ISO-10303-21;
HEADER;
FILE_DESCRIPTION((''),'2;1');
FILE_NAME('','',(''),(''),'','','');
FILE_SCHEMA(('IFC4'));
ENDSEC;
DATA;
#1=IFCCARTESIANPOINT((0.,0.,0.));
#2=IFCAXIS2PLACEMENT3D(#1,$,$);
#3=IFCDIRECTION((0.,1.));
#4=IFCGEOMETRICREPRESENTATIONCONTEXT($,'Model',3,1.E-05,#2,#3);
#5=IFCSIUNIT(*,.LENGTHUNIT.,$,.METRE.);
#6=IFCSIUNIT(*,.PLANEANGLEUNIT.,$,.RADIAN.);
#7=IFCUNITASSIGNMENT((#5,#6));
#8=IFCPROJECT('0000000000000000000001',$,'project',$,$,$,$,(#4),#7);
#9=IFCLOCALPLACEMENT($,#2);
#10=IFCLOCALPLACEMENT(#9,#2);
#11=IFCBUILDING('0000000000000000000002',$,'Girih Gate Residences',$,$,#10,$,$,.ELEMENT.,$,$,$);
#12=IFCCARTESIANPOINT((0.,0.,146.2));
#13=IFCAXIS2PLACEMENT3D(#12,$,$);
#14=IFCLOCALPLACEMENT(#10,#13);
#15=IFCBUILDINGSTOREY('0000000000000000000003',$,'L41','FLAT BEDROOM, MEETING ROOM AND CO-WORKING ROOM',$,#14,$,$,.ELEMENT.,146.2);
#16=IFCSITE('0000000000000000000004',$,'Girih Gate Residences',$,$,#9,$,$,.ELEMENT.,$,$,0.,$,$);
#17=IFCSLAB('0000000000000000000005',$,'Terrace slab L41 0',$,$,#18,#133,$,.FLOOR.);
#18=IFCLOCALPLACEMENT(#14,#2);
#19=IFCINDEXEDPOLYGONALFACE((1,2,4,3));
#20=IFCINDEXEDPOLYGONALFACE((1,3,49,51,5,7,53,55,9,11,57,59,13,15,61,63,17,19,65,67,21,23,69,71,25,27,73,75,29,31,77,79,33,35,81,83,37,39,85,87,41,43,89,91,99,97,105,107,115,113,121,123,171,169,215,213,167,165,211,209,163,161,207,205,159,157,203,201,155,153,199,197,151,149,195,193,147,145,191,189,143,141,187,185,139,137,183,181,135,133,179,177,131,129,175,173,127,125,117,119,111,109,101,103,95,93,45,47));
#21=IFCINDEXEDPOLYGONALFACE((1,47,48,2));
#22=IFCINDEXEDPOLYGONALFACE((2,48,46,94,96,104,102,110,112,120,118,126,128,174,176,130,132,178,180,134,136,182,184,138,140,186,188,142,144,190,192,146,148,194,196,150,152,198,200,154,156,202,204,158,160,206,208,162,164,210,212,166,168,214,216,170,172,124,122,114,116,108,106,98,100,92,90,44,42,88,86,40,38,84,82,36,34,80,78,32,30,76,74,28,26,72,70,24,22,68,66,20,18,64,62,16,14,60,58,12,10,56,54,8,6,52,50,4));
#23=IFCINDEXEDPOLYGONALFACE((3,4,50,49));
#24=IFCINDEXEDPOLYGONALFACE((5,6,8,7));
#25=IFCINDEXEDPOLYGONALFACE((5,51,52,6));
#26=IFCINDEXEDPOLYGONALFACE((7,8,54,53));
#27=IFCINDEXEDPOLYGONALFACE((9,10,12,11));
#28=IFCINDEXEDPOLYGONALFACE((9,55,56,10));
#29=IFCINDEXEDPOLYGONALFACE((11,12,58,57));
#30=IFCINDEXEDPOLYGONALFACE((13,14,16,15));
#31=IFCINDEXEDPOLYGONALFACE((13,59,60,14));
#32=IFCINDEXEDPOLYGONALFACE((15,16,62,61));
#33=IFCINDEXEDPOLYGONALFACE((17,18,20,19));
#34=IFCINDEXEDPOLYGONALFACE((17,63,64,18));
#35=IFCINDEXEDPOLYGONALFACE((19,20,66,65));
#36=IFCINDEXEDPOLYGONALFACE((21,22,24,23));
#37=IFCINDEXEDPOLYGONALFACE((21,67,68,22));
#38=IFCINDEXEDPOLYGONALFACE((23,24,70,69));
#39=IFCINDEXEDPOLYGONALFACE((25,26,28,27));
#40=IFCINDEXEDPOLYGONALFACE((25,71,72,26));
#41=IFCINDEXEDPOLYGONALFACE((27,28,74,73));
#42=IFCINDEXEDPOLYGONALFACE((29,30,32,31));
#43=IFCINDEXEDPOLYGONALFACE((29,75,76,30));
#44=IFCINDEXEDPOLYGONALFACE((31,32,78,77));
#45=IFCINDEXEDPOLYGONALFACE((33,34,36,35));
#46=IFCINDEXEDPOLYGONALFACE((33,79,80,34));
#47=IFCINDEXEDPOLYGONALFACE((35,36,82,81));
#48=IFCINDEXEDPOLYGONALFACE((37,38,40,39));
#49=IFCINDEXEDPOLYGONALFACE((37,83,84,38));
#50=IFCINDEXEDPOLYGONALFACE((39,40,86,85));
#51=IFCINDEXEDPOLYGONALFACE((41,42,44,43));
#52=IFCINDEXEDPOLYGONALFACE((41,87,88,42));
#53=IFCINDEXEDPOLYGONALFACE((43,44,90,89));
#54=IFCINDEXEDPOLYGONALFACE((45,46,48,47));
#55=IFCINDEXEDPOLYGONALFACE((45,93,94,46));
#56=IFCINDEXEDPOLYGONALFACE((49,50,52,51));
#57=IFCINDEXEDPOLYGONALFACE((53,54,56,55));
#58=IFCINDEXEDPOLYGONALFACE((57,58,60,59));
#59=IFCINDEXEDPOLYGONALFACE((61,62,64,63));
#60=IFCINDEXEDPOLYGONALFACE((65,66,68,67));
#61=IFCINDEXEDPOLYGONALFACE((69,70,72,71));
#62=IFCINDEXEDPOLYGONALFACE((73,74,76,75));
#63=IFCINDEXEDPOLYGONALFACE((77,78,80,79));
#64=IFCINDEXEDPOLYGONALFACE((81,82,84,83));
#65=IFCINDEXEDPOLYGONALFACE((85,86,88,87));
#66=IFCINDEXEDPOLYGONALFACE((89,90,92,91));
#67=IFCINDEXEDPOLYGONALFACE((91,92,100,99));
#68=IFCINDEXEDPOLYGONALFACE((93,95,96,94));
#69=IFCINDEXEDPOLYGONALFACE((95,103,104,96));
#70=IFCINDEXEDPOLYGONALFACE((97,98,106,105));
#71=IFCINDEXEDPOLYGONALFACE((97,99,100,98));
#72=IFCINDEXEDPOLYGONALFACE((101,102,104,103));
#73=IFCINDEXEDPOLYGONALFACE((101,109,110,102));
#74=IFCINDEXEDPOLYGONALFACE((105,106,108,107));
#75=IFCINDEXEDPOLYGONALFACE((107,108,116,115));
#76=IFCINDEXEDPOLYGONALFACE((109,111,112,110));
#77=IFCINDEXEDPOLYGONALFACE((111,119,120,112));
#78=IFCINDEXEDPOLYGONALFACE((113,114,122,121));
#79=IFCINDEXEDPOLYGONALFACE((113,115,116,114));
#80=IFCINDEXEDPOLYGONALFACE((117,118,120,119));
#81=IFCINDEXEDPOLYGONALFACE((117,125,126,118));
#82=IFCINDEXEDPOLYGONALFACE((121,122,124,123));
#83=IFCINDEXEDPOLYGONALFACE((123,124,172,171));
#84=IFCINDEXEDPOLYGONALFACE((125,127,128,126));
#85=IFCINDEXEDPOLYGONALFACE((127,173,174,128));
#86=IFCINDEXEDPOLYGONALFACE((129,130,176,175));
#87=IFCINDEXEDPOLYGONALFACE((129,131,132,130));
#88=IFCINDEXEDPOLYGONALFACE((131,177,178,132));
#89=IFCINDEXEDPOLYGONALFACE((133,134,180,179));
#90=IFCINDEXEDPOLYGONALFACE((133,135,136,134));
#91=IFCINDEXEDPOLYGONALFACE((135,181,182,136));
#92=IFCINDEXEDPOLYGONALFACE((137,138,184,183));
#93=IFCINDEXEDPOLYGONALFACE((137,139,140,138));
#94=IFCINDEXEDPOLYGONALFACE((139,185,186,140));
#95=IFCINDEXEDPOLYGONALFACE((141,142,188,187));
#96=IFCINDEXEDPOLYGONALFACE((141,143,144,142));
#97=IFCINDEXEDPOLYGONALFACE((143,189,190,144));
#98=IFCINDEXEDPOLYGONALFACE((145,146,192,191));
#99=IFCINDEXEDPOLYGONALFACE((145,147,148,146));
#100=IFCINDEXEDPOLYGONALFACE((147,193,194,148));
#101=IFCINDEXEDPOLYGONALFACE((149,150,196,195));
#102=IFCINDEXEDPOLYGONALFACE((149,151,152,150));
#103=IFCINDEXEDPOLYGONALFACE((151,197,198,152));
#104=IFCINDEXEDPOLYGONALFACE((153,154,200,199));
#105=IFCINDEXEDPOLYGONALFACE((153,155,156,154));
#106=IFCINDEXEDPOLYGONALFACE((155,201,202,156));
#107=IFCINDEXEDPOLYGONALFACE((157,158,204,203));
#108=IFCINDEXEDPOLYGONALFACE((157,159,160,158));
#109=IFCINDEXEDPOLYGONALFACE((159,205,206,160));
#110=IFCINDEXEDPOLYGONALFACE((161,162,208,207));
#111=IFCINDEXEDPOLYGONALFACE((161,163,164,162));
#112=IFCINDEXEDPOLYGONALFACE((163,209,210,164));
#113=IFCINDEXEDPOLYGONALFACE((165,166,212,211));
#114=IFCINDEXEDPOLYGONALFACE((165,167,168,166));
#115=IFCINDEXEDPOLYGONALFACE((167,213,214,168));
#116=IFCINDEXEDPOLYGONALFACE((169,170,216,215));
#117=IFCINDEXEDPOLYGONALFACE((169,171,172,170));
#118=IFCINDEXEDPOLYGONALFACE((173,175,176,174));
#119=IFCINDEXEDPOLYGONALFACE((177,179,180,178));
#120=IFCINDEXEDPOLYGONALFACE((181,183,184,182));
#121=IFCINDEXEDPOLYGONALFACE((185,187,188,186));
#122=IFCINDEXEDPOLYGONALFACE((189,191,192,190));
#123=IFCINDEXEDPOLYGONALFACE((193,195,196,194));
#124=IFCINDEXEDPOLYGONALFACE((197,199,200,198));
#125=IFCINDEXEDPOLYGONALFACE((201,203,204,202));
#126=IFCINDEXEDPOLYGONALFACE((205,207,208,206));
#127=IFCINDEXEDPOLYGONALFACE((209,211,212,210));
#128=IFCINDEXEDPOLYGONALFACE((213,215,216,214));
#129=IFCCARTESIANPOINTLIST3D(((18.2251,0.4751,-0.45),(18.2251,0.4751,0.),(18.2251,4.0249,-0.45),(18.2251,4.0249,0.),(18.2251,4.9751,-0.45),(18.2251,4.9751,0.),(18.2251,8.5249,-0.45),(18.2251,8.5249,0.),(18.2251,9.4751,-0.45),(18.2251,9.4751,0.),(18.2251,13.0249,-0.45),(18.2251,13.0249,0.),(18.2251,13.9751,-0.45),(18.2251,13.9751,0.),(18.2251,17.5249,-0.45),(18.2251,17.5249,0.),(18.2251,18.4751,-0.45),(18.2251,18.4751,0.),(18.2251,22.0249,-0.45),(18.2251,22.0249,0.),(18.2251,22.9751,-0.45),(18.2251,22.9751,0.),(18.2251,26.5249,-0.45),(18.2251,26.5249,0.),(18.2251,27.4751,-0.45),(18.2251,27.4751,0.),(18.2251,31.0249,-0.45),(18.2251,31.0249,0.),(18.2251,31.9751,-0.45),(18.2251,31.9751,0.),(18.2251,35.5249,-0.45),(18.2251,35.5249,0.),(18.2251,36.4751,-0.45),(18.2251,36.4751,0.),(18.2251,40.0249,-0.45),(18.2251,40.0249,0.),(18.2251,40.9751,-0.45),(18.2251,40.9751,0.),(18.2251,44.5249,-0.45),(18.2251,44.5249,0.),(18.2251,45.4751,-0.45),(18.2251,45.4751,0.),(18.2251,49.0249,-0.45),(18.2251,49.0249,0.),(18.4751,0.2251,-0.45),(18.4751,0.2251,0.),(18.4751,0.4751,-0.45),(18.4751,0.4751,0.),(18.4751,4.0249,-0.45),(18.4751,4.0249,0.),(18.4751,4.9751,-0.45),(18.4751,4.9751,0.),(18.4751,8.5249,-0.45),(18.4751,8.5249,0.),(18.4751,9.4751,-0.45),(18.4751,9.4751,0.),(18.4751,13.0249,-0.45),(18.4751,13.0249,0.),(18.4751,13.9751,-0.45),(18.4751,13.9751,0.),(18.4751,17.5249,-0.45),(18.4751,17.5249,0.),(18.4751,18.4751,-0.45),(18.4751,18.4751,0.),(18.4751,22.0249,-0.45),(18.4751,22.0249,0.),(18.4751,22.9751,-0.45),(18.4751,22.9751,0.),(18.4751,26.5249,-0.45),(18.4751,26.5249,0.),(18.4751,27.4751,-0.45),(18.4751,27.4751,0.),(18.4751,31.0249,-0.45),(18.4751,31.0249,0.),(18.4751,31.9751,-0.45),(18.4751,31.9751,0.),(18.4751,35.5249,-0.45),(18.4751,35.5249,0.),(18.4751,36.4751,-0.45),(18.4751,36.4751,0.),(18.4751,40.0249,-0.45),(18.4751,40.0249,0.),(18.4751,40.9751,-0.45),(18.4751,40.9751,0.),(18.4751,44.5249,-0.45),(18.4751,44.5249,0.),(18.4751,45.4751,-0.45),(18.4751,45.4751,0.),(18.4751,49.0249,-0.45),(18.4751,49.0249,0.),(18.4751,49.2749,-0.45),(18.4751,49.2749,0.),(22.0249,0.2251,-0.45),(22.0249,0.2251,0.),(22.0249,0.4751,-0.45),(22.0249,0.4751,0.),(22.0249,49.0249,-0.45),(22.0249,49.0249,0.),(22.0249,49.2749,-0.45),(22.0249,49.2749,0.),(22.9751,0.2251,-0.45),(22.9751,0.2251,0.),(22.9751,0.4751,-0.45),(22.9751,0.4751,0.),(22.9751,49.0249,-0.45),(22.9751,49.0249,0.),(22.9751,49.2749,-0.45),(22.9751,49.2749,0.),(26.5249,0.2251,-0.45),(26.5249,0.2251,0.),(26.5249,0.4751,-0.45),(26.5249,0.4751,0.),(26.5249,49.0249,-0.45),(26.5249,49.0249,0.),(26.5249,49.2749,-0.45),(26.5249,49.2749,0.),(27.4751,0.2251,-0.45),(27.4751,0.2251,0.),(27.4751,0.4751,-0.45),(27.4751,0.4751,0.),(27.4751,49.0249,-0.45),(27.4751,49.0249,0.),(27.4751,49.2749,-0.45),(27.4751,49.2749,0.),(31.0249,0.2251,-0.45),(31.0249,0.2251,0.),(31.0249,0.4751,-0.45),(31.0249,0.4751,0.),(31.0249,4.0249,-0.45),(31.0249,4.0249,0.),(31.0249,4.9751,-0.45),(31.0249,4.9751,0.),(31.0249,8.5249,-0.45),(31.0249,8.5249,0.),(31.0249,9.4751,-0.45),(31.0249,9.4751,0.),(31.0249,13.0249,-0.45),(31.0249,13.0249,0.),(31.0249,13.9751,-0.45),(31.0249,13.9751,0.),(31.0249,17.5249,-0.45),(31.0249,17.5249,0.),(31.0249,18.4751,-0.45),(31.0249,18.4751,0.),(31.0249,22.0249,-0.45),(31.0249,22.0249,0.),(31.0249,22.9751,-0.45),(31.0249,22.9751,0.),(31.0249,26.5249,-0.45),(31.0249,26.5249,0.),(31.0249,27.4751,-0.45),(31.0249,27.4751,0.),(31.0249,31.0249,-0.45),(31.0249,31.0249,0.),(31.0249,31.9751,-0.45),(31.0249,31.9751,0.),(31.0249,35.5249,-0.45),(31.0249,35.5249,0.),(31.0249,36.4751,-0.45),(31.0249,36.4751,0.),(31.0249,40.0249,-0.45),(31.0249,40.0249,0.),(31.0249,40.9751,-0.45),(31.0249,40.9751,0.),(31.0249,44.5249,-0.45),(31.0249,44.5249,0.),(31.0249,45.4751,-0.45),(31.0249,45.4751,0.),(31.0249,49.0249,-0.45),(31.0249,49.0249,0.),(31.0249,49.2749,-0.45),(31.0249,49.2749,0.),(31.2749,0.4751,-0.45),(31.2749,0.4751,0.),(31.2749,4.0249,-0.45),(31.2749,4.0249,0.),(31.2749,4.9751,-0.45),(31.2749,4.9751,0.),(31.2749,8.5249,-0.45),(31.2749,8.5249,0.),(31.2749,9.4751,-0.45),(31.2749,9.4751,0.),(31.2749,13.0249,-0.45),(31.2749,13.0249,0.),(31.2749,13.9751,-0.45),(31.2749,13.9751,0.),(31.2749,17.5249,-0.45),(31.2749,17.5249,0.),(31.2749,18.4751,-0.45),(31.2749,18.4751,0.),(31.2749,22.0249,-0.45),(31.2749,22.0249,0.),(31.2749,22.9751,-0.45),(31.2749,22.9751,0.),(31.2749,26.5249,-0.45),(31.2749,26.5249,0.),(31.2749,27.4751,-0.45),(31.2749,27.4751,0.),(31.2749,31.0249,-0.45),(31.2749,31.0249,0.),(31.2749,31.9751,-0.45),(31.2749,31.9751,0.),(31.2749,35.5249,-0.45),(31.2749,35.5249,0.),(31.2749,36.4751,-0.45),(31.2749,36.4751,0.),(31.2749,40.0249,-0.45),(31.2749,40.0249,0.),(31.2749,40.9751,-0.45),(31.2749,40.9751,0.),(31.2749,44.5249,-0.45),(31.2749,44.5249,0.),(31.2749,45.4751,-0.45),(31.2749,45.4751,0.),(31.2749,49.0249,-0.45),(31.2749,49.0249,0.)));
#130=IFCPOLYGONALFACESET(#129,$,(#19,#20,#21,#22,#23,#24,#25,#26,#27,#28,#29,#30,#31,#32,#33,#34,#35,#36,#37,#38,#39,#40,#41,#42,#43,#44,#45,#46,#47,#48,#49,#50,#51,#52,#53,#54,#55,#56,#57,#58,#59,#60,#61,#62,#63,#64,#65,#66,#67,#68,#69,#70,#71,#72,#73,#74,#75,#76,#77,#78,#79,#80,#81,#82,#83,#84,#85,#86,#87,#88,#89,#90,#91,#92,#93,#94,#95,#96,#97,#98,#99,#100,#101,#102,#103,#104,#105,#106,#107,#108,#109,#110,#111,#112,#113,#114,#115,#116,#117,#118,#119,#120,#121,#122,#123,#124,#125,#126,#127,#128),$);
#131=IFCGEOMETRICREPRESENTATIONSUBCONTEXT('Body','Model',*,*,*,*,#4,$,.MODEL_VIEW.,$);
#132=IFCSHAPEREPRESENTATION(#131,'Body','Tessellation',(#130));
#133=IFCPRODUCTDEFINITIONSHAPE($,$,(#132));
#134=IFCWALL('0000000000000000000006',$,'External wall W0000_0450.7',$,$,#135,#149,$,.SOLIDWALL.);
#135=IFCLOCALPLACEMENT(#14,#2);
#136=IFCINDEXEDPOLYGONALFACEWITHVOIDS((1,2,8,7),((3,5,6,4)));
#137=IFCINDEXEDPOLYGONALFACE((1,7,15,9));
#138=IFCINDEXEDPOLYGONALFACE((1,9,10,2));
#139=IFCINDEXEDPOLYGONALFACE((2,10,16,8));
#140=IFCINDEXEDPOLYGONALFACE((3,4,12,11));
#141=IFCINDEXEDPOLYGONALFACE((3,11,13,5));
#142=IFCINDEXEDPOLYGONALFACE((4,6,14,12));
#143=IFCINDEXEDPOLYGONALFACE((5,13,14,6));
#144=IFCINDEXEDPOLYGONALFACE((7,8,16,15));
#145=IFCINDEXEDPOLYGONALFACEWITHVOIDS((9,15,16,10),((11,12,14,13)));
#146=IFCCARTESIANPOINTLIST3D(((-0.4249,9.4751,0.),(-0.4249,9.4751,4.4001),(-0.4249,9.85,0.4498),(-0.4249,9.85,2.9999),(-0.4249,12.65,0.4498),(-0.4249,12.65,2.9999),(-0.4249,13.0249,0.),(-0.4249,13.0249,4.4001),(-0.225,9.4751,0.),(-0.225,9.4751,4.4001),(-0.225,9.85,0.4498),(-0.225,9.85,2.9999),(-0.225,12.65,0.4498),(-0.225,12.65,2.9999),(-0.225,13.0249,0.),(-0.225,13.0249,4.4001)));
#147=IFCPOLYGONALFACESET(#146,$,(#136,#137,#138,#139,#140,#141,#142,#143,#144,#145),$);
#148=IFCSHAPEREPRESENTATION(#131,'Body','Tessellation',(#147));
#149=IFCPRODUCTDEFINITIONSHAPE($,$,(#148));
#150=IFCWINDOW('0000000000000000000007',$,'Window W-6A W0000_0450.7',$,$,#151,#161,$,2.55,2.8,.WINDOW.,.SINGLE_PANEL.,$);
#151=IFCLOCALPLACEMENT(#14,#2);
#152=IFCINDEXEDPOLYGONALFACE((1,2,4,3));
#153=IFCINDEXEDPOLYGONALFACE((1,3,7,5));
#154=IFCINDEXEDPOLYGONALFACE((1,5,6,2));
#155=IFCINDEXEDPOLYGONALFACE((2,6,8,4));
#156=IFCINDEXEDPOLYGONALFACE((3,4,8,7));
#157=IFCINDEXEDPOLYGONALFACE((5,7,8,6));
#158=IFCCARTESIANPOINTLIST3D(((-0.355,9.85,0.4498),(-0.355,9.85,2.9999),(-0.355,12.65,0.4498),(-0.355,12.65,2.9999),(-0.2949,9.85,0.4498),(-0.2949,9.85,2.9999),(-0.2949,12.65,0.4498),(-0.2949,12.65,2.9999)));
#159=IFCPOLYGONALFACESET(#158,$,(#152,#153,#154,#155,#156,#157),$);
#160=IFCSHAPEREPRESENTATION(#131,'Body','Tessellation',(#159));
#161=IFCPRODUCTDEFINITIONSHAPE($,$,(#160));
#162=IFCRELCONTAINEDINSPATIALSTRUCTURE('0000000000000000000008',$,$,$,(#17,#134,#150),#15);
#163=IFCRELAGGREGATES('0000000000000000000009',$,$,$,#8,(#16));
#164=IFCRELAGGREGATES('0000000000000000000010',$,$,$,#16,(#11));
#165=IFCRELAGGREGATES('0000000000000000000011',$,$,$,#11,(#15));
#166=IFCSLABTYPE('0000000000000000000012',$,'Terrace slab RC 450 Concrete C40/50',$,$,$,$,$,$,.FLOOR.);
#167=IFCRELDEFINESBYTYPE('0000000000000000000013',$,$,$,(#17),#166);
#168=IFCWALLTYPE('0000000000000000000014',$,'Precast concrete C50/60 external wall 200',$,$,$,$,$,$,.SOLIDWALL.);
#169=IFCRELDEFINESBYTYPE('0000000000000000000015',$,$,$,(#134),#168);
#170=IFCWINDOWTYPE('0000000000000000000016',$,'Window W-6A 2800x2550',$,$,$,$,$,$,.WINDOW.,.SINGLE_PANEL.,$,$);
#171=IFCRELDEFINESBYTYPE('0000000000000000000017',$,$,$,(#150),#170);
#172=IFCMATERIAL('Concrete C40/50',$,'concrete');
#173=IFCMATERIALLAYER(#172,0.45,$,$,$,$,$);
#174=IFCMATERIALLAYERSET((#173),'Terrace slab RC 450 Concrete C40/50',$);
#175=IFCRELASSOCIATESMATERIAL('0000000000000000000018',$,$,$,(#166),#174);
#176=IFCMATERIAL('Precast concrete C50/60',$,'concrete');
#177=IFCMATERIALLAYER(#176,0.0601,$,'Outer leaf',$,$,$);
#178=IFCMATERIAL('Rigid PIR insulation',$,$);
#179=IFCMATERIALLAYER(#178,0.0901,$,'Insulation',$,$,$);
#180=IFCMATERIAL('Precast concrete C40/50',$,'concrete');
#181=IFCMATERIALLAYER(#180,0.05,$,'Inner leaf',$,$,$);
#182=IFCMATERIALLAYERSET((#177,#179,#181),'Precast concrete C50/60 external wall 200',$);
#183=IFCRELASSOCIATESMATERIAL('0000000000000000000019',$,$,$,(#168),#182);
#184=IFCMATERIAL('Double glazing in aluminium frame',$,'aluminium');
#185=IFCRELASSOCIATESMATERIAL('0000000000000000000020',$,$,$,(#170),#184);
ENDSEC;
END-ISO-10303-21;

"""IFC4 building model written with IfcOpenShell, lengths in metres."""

from ifc_helpers import new_model, si_unit, direction, frame, frame_2d, origin, place, context, subcontext, project, spatial, polyline, rectangle, outline, extrude, material, layer, layer_set, type_object, element, fill, save


model = new_model("IFC4")

# Units and contexts
model_context = context("Model", 3, precision=1e-05, world=origin(), true_north=direction((0.0, 1.0)))
body_context = subcontext(model_context, "Body", "Model", "MODEL_VIEW")
ifc_project = project(units=[si_unit("LENGTHUNIT", "METRE"), si_unit("PLANEANGLEUNIT", "RADIAN")], contexts=[model_context])

# Site, building, storey
site_placement = place(None, origin())
site = spatial("IfcSite", under=ifc_project, at=site_placement, Name="Girih Gate Residences", CompositionType="ELEMENT", RefElevation=0.0)
building_placement = place(site_placement, origin())
building = spatial("IfcBuilding", under=site, at=building_placement, Name="Girih Gate Residences", CompositionType="ELEMENT")
storey_placement = place(building_placement, frame((0.0, 0.0, 146.2)))
storey = spatial("IfcBuildingStorey", under=building, at=storey_placement, Name="L41", Description="FLAT BEDROOM, MEETING ROOM AND CO-WORKING ROOM", CompositionType="ELEMENT", Elevation=146.2)

# Shared definitions
ifc_material_1 = material(Name="Concrete C40/50", Category="concrete")

# Slab
ifc_layer_1 = layer(ifc_material_1, 0.45)
ifc_layer_set_1 = layer_set([ifc_layer_1], Name="Terrace slab RC 450 Concrete C40/50")
slab_type_1 = type_object("IfcSlabType", Name="Terrace slab RC 450 Concrete C40/50", PredefinedType="FLOOR", material=ifc_layer_set_1)
slab_1_placement = place(storey_placement, frame((0.0, 0.0, -0.45)))
element("IfcSlab", 1, at=slab_1_placement, inside=storey, type_object=slab_type_1, Name="Terrace slab L41 0", PredefinedType="FLOOR", context=body_context, shape_type="SweptSolid", body=[
    extrude(outline(polyline([(27.4751, 0.2251), (31.0249, 0.2251), (31.0249, 0.4751), (31.2749, 0.4751), (31.2749, 4.0249), (31.0249, 4.0249), (31.0249, 4.9751), (31.2749, 4.9751), (31.2749, 8.5249), (31.0249, 8.5249), (31.0249, 9.4751), (31.2749, 9.4751), (31.2749, 13.0249), (31.0249, 13.0249), (31.0249, 13.9751), (31.2749, 13.9751), (31.2749, 17.5249), (31.0249, 17.5249), (31.0249, 18.4751), (31.2749, 18.4751), (31.2749, 22.0249), (31.0249, 22.0249), (31.0249, 22.9751), (31.2749, 22.9751), (31.2749, 26.5249), (31.0249, 26.5249), (31.0249, 27.4751), (31.2749, 27.4751), (31.2749, 31.0249), (31.0249, 31.0249), (31.0249, 31.9751), (31.2749, 31.9751), (31.2749, 35.5249), (31.0249, 35.5249), (31.0249, 36.4751), (31.2749, 36.4751), (31.2749, 40.0249), (31.0249, 40.0249), (31.0249, 40.9751), (31.2749, 40.9751), (31.2749, 44.5249), (31.0249, 44.5249), (31.0249, 45.4751), (31.2749, 45.4751), (31.2749, 49.0249), (31.0249, 49.0249), (31.0249, 49.2749), (27.4751, 49.2749), (27.4751, 49.0249), (26.5249, 49.0249), (26.5249, 49.2749), (22.9751, 49.2749), (22.9751, 49.0249), (22.0249, 49.0249), (22.0249, 49.2749), (18.4751, 49.2749), (18.4751, 49.0249), (18.2251, 49.0249), (18.2251, 45.4751), (18.4751, 45.4751), (18.4751, 44.5249), (18.2251, 44.5249), (18.2251, 40.9751), (18.4751, 40.9751), (18.4751, 40.0249), (18.2251, 40.0249), (18.2251, 36.4751), (18.4751, 36.4751), (18.4751, 35.5249), (18.2251, 35.5249), (18.2251, 31.9751), (18.4751, 31.9751), (18.4751, 31.0249), (18.2251, 31.0249), (18.2251, 27.4751), (18.4751, 27.4751), (18.4751, 26.5249), (18.2251, 26.5249), (18.2251, 22.9751), (18.4751, 22.9751), (18.4751, 22.0249), (18.2251, 22.0249), (18.2251, 18.4751), (18.4751, 18.4751), (18.4751, 17.5249), (18.2251, 17.5249), (18.2251, 13.9751), (18.4751, 13.9751), (18.4751, 13.0249), (18.2251, 13.0249), (18.2251, 9.4751), (18.4751, 9.4751), (18.4751, 8.5249), (18.2251, 8.5249), (18.2251, 4.9751), (18.4751, 4.9751), (18.4751, 4.0249), (18.2251, 4.0249), (18.2251, 0.4751), (18.4751, 0.4751), (18.4751, 0.2251), (22.0249, 0.2251), (22.0249, 0.4751), (22.9751, 0.4751), (22.9751, 0.2251), (26.5249, 0.2251), (26.5249, 0.4751), (27.4751, 0.4751), (27.4751, 0.2251)])), origin(), (0.0, 0.0, 1.0), 0.45),
])

# Wall, opening, window
ifc_material_2 = material(Name="Precast concrete C50/60", Category="concrete")
ifc_layer_2 = layer(ifc_material_2, 0.0601, Name="Outer leaf")
ifc_material_3 = material(Name="Rigid PIR insulation")
ifc_layer_3 = layer(ifc_material_3, 0.0901, Name="Insulation")
ifc_material_4 = material(Name="Precast concrete C40/50", Category="concrete")
ifc_layer_4 = layer(ifc_material_4, 0.05, Name="Inner leaf")
ifc_layer_set_2 = layer_set([ifc_layer_2, ifc_layer_3, ifc_layer_4], Name="Precast concrete C50/60 external wall 200")
wall_type = type_object("IfcWallType", Name="Precast concrete C50/60 external wall 200", PredefinedType="SOLIDWALL", material=ifc_layer_set_2)
wall_1_placement = place(storey_placement, frame((-0.325, 9.4751, 0.0), z_axis=(0.0, 0.0, 1.0), x_axis=(0.0, 1.0, 0.0)))
wall_1 = element("IfcWall", 2, at=wall_1_placement, inside=storey, type_object=wall_type, Name="External wall W0000_0450.7", PredefinedType="SOLIDWALL", context=body_context, shape_type="SweptSolid", body=[
    extrude(rectangle(XDim=3.5498, YDim=0.2, at=frame_2d((1.7749, 0.0))), origin(), (0.0, 0.0, 1.0), 4.4001),
])
opening_1_placement = place(wall_1_placement, frame((0.375, 0.0, 0.45)))
opening_1 = element("IfcOpeningElement", 3, at=opening_1_placement, cuts=wall_1, PredefinedType="OPENING", context=body_context, shape_type="SweptSolid", body=[
    extrude(rectangle(XDim=2.8, YDim=2.55, at=frame_2d((1.3999, 1.2749))), frame((0.0, 0.1099, 0.0), z_axis=(0.0, -1.0, 0.0), x_axis=(1.0, 0.0, 0.0)), (0.0, 0.0, 1.0), 0.22),
])
ifc_material_5 = material(Name="Double glazing in aluminium frame", Category="aluminium")
window_type_1 = type_object("IfcWindowType", Name="Window W-6A 2800x2550", PartitioningType="SINGLE_PANEL", PredefinedType="WINDOW", material=ifc_material_5)
window_1_placement = place(opening_1_placement, origin())
window_1 = element("IfcWindow", 4, at=window_1_placement, inside=storey, type_object=window_type_1, Name="Window W-6A W0000_0450.7", OverallHeight=2.55, OverallWidth=2.8, PartitioningType="SINGLE_PANEL", PredefinedType="WINDOW", context=body_context, shape_type="SweptSolid", body=[
    extrude(rectangle(XDim=2.8, YDim=2.55, at=frame_2d((1.3999, 1.2749))), frame((0.0, 0.03, 0.0), z_axis=(0.0, -1.0, 0.0), x_axis=(1.0, 0.0, 0.0)), (0.0, 0.0, 1.0), 0.0601),
])
fill(opening_1, window_1)

save(model, "model.ifc")
